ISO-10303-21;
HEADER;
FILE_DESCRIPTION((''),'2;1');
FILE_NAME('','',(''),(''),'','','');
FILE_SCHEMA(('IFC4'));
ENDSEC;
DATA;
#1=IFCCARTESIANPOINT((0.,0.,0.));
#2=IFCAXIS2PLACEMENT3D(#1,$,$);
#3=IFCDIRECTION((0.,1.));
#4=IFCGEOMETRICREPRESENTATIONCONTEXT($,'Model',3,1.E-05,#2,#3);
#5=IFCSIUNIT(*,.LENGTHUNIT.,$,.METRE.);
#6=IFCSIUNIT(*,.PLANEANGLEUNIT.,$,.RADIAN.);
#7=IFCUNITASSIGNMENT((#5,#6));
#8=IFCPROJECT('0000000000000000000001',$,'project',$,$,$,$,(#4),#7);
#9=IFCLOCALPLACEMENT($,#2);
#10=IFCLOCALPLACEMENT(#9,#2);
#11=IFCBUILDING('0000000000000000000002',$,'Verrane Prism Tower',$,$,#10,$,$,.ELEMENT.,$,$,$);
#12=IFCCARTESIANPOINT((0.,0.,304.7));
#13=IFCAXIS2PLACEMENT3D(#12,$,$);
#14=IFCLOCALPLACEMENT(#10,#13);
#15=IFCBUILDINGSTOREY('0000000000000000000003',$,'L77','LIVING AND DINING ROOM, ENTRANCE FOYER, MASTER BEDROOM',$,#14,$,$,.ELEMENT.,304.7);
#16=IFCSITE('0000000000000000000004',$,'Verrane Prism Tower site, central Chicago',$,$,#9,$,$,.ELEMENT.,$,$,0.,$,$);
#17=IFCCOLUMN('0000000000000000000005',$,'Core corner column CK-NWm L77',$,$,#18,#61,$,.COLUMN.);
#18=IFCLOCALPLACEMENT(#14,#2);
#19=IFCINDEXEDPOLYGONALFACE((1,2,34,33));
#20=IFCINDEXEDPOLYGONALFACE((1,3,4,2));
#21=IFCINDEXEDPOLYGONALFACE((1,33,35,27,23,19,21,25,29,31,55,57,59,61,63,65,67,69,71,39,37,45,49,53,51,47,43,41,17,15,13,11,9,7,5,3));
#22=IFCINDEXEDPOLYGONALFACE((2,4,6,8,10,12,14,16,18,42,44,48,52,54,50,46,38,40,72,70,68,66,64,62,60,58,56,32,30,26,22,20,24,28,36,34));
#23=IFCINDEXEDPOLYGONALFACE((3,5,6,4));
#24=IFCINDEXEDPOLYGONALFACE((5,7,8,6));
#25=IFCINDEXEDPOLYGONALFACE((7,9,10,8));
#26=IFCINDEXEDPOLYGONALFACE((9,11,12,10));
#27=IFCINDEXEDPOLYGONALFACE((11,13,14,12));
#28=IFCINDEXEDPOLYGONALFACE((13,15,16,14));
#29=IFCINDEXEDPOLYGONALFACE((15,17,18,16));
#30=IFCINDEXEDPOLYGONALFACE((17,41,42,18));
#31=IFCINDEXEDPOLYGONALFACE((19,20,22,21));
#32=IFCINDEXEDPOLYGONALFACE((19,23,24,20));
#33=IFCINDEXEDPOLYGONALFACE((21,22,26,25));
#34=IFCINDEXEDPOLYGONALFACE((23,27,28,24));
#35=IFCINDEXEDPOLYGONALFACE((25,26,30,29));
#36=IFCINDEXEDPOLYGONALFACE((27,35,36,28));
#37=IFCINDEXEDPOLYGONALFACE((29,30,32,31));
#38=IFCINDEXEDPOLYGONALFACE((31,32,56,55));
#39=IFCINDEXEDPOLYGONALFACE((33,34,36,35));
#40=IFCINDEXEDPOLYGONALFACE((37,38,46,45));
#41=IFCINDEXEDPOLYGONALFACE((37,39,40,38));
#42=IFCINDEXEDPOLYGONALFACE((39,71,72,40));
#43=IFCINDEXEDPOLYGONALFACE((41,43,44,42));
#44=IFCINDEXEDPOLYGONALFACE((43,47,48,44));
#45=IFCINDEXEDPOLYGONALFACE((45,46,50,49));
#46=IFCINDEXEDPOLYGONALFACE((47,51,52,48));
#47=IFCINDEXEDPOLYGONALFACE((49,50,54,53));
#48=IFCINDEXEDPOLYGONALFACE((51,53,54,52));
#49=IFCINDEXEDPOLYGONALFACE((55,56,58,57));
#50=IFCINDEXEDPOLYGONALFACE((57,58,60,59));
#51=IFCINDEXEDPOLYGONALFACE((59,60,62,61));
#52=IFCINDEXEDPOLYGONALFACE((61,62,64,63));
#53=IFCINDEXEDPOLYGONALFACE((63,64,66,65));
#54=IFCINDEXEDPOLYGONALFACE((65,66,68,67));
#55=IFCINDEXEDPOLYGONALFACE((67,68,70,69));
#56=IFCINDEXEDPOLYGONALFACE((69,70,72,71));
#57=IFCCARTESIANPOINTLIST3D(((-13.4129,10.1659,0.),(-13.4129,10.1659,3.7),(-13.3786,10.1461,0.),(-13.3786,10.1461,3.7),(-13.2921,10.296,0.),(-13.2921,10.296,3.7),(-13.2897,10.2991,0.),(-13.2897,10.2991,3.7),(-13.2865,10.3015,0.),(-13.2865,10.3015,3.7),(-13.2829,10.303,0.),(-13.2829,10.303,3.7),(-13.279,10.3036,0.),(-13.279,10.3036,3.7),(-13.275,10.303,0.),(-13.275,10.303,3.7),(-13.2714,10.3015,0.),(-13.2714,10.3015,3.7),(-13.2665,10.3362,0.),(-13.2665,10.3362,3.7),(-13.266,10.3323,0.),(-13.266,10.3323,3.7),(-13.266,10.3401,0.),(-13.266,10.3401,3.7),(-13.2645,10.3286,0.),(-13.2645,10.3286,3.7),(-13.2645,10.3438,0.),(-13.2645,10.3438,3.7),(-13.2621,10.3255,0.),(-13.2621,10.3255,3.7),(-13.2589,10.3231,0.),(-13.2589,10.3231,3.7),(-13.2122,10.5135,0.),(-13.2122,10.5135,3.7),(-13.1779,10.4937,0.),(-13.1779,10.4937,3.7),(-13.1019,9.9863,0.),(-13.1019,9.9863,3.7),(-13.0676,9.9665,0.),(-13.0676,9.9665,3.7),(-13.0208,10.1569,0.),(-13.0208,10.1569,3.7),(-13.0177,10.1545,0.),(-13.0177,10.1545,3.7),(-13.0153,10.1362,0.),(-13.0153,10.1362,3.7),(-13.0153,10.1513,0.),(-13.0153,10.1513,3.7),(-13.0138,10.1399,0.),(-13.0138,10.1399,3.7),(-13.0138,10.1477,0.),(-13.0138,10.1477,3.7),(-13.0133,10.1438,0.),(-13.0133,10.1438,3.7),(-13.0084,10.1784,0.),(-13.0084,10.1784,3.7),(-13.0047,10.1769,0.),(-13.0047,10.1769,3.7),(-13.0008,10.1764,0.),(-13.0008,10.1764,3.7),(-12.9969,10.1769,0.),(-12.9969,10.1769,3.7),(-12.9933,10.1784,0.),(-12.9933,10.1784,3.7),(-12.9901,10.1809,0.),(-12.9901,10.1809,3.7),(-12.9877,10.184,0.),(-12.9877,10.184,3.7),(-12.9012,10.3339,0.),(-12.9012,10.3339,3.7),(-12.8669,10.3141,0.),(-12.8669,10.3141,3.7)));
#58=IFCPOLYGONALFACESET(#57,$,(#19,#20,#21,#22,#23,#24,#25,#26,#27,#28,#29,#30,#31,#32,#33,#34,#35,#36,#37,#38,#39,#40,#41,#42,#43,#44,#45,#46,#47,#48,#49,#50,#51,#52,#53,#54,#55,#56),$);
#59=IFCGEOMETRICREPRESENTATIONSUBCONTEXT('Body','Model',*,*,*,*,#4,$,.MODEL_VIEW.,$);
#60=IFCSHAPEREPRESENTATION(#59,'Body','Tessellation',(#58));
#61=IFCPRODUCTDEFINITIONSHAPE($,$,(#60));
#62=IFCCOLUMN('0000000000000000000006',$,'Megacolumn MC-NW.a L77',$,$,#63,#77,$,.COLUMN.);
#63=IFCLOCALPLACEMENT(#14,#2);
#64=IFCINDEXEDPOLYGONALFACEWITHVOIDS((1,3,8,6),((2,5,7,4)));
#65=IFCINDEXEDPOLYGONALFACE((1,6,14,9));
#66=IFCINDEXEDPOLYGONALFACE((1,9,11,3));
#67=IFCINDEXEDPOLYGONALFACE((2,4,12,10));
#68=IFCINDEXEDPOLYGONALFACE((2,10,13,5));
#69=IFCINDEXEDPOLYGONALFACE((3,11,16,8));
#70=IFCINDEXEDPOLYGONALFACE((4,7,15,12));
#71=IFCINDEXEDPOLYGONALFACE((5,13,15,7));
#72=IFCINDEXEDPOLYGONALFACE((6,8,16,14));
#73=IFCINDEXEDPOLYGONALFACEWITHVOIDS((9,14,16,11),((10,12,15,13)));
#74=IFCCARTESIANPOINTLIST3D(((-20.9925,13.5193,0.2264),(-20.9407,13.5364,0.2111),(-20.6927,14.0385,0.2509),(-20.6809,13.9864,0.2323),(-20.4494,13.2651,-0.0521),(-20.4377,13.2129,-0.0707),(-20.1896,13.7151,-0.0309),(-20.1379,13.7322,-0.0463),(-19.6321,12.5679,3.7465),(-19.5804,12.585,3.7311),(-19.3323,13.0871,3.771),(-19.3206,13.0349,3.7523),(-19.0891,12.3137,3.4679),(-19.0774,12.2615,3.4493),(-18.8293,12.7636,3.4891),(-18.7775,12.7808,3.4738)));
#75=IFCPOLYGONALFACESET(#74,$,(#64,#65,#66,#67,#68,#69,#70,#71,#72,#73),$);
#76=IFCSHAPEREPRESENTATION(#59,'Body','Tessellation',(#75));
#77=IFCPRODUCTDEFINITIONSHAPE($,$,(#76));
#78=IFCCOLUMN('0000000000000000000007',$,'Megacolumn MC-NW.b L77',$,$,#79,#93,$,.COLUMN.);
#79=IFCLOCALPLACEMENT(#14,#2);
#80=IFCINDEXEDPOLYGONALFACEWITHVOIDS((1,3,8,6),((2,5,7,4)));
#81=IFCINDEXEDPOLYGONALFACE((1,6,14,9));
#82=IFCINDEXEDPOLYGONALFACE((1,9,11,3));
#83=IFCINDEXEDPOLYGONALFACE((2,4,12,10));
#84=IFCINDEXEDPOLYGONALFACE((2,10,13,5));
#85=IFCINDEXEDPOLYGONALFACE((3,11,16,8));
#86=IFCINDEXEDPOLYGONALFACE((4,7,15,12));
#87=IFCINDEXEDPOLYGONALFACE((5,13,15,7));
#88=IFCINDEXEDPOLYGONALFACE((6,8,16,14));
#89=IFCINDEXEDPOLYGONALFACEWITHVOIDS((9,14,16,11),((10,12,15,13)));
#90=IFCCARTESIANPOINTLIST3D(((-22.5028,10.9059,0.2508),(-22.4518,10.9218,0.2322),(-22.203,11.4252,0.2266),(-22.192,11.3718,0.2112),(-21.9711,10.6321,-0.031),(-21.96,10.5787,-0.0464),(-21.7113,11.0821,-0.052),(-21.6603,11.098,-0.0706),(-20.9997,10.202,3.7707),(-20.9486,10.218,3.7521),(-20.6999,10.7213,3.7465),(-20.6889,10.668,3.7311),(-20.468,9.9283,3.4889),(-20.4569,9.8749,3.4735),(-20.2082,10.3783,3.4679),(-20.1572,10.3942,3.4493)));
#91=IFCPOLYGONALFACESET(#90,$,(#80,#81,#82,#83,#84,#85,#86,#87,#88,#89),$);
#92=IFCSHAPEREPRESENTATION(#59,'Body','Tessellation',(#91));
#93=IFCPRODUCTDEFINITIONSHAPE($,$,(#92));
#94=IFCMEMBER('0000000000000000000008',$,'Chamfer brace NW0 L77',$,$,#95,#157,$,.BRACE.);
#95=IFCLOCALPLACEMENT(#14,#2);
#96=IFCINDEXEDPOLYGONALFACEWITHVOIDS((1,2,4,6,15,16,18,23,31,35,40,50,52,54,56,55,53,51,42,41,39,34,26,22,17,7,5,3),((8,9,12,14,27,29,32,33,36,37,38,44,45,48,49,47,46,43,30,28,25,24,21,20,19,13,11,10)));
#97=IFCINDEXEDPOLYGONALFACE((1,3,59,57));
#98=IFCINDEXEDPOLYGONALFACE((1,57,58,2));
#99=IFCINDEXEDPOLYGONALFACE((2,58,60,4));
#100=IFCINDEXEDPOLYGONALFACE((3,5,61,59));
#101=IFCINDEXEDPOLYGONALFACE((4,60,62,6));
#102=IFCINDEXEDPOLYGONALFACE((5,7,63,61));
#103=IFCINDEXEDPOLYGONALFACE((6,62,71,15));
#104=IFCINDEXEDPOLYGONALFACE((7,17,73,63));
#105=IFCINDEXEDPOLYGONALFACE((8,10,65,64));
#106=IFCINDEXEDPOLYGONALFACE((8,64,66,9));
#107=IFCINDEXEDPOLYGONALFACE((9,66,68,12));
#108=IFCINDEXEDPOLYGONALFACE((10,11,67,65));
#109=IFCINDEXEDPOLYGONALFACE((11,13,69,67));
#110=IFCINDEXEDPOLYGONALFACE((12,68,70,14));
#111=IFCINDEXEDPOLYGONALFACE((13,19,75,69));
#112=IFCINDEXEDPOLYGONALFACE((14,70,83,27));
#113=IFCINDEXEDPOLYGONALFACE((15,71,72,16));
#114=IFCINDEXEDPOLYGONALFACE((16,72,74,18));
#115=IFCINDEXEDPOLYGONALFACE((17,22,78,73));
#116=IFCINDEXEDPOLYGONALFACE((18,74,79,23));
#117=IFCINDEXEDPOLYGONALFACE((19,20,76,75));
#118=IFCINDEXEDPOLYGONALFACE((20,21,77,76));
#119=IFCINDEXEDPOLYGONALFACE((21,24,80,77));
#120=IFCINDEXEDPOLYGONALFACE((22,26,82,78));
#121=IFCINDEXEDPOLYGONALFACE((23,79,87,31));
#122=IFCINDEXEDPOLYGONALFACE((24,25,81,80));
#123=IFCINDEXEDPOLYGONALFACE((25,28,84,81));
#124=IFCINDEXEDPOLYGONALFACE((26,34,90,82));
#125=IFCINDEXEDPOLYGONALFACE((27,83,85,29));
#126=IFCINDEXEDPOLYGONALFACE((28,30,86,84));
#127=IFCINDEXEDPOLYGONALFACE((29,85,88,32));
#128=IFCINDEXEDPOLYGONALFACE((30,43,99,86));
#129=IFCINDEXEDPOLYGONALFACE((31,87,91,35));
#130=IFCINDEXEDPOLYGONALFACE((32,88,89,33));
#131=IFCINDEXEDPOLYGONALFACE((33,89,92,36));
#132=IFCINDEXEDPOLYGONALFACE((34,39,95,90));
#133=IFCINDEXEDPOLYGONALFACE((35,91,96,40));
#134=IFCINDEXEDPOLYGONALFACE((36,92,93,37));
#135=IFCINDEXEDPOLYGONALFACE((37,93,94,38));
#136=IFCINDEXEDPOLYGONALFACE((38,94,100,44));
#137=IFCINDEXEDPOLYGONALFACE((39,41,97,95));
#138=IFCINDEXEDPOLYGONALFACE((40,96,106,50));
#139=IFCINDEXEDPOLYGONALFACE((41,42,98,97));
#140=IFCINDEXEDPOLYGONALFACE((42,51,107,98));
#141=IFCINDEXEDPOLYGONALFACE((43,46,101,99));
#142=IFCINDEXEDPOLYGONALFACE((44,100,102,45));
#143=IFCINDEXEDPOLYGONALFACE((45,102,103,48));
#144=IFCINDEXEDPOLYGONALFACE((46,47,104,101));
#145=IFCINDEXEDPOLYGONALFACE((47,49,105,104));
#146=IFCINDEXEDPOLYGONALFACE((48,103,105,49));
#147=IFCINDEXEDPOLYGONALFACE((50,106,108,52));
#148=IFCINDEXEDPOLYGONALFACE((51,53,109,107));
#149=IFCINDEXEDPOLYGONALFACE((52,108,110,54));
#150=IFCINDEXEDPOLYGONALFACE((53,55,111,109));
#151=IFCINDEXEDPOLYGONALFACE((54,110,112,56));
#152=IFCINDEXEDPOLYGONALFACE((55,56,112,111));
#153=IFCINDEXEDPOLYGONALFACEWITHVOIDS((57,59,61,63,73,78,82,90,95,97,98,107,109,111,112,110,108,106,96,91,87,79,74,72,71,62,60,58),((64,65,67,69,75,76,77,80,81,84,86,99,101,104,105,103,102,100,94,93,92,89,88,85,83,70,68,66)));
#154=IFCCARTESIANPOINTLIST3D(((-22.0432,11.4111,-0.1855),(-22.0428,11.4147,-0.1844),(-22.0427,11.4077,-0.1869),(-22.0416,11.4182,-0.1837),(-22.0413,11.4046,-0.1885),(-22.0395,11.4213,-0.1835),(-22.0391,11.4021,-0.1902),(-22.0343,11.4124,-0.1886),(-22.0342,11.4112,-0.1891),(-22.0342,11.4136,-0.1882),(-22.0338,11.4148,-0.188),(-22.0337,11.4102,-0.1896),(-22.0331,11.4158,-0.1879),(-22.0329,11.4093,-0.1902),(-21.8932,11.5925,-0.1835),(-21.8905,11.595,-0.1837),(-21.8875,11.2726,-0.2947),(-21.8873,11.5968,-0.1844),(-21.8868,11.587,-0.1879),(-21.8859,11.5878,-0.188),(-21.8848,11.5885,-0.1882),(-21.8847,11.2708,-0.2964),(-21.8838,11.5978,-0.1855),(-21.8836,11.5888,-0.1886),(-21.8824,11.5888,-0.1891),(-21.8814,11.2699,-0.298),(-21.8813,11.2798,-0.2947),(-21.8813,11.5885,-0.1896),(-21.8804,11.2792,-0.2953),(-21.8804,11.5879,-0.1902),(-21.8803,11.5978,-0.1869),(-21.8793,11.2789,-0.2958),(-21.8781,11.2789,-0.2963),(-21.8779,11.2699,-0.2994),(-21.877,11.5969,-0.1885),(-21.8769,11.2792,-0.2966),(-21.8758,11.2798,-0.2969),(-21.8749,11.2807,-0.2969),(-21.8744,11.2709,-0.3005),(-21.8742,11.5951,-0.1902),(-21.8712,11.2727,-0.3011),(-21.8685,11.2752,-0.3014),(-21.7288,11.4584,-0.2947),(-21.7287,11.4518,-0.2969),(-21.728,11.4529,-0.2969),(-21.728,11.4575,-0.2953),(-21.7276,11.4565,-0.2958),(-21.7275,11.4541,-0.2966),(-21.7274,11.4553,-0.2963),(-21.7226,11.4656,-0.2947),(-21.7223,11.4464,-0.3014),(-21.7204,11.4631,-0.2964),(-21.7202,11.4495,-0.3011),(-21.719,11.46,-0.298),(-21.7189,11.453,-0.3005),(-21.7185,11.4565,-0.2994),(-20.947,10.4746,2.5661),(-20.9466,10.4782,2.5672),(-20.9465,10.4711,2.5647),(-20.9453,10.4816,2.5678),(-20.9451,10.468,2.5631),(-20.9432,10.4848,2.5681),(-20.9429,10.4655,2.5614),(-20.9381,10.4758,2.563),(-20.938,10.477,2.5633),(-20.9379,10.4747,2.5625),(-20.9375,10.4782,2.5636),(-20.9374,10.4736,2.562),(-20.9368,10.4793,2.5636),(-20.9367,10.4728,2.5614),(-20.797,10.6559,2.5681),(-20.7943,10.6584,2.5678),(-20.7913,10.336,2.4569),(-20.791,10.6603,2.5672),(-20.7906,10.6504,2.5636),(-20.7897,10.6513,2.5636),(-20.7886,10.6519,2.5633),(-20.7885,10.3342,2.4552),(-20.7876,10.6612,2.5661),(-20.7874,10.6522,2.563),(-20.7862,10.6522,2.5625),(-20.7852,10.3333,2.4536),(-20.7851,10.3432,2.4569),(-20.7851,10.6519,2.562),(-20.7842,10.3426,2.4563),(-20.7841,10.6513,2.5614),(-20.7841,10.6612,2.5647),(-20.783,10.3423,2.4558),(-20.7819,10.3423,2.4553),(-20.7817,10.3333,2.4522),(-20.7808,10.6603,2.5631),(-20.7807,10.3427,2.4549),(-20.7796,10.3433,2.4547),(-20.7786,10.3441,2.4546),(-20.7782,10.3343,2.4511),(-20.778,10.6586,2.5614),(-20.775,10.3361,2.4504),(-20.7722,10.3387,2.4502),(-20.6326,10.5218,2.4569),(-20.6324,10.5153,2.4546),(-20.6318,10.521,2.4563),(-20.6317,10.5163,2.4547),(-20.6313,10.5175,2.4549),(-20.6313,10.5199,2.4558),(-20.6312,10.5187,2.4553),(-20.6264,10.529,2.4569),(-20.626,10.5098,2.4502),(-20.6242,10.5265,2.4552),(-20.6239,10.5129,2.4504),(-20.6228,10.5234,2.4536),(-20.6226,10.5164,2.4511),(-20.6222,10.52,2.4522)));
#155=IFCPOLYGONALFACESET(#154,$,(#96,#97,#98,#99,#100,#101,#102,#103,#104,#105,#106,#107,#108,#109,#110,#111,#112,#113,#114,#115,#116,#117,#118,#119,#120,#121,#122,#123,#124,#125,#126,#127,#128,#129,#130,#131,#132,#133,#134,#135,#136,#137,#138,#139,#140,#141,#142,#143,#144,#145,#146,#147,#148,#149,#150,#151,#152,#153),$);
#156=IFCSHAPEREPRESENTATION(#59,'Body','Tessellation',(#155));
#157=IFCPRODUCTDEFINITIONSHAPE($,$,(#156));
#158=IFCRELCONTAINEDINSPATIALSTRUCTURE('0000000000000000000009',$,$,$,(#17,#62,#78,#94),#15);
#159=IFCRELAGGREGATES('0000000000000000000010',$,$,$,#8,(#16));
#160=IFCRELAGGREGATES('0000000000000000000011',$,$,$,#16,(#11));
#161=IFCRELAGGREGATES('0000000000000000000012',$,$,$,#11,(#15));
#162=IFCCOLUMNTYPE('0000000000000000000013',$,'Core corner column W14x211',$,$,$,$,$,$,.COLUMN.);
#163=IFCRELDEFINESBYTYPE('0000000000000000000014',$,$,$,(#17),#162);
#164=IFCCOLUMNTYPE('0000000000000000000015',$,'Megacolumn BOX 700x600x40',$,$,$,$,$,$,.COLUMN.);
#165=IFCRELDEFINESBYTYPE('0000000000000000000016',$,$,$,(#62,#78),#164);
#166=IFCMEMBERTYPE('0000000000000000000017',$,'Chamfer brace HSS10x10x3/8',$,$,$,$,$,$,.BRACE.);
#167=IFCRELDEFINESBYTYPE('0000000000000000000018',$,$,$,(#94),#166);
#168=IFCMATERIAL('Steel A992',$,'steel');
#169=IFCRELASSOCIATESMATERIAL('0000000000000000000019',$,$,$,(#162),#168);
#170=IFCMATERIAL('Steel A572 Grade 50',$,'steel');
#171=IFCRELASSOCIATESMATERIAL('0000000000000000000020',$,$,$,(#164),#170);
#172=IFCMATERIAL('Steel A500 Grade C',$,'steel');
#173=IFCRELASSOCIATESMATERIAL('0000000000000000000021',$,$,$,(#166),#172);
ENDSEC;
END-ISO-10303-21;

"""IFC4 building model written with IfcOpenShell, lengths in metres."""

from ifc_helpers import new_model, si_unit, direction, frame, origin, origin_2d, place, context, subcontext, project, spatial, hollow_rectangle, i_section, extrude, material, material_profile, profile_set, type_object, element, save


model = new_model("IFC4")

# Units and contexts
model_context = context("Model", 3, precision=1e-05, world=origin(), true_north=direction((0.0, 1.0)))
body_context = subcontext(model_context, "Body", "Model", "MODEL_VIEW")
ifc_project = project(units=[si_unit("LENGTHUNIT", "METRE"), si_unit("PLANEANGLEUNIT", "RADIAN")], contexts=[model_context])

# Site, building, storey
site_placement = place(None, origin())
site = spatial("IfcSite", under=ifc_project, at=site_placement, Name="Verrane Prism Tower site, central Chicago", CompositionType="ELEMENT", RefElevation=0.0)
building_placement = place(site_placement, origin())
building = spatial("IfcBuilding", under=site, at=building_placement, Name="Verrane Prism Tower", CompositionType="ELEMENT")
storey_placement = place(building_placement, frame((0.0, 0.0, 304.7)))
storey = spatial("IfcBuildingStorey", under=building, at=storey_placement, Name="L77", Description="LIVING AND DINING ROOM, ENTRANCE FOYER, MASTER BEDROOM", CompositionType="ELEMENT", Elevation=304.7)

# Columns
ifc_material_1 = material(Name="Steel A992", Category="steel")
ifc_material_profile_1 = material_profile(ifc_material_1, i_section(OverallWidth=0.4014, OverallDepth=0.3987, WebThickness=0.0249, FlangeThickness=0.0396, FilletRadius=0.0151, at=origin_2d()), Name="W14x211")
ifc_profile_set_1 = profile_set([ifc_material_profile_1], Name="Steel A992")
column_type_1 = type_object("IfcColumnType", Name="Core corner column W14x211", PredefinedType="COLUMN", material=ifc_profile_set_1)
column_1_placement = place(storey_placement, frame((-13.1399, 10.24, 0.0), z_axis=(0.0, 0.0, 1.0), x_axis=(0.5, 0.866025, 0.0)))
element("IfcColumn", 1, at=column_1_placement, inside=storey, type_object=column_type_1, Name="Core corner column CK-NWm L77", PredefinedType="COLUMN", context=body_context, shape_type="SweptSolid", body=[
    extrude(i_section(OverallWidth=0.4014, OverallDepth=0.3987, WebThickness=0.0249, FlangeThickness=0.0396, FilletRadius=0.0151, at=origin_2d()), origin(), (0.0, 0.0, 1.0), 3.7),
])
ifc_material_2 = material(Name="Steel A572 Grade 50", Category="steel")
ifc_material_profile_2 = material_profile(ifc_material_2, hollow_rectangle(XDim=0.6001, YDim=0.7, WallThickness=0.04, at=origin_2d()), Name="BOX 700x600x40")
ifc_profile_set_2 = profile_set([ifc_material_profile_2], Name="Steel A572 Grade 50")
column_type_2 = type_object("IfcColumnType", Name="Megacolumn BOX 700x600x40", PredefinedType="COLUMN", material=ifc_profile_set_2)
column_2_placement = place(storey_placement, frame((-20.5652, 13.6257, 0.0901), z_axis=(0.349541, -0.244465, 0.904465), x_axis=(0.499636, 0.865275, 0.040783)))
element("IfcColumn", 2, at=column_2_placement, inside=storey, type_object=column_type_2, Name="Megacolumn MC-NW.a L77", PredefinedType="COLUMN", context=body_context, shape_type="SweptSolid", body=[
    extrude(hollow_rectangle(XDim=0.6001, YDim=0.7, WallThickness=0.04, at=origin_2d()), origin(), (0.0, 0.0, 1.0), 3.8918),
])
column_3_placement = place(storey_placement, frame((-22.0815, 11.002, 0.0901), z_axis=(0.386249, -0.18086, 0.904489), x_axis=(0.499519, 0.865366, -0.040275)))
element("IfcColumn", 3, at=column_3_placement, inside=storey, type_object=column_type_2, Name="Megacolumn MC-NW.b L77", PredefinedType="COLUMN", context=body_context, shape_type="SweptSolid", body=[
    extrude(hollow_rectangle(XDim=0.6001, YDim=0.7, WallThickness=0.04, at=origin_2d()), origin(), (0.0, 0.0, 1.0), 3.8916),
])

# Member
ifc_material_3 = material(Name="Steel A500 Grade C", Category="steel")
ifc_material_profile_3 = material_profile(ifc_material_3, hollow_rectangle(XDim=0.2539, YDim=0.2539, WallThickness=0.0095, InnerFilletRadius=0.0049, OuterFilletRadius=0.0144, at=origin_2d()), Name="HSS10x10x3/8")
ifc_profile_set_3 = profile_set([ifc_material_profile_3], Name="Steel A500 Grade C")
member_type_1 = type_object("IfcMemberType", Name="Chamfer brace HSS10x10x3/8", PredefinedType="BRACE", material=ifc_profile_set_3)
member_1_placement = place(storey_placement, frame((-21.8809, 11.4338, -0.2424), z_axis=(0.35289, -0.301489, 0.885761), x_axis=(0.649563, 0.760307, 0.0)))
element("IfcMember", 4, at=member_1_placement, inside=storey, type_object=member_type_1, Name="Chamfer brace NW0 L77", PredefinedType="BRACE", context=body_context, shape_type="SweptSolid", body=[
    extrude(hollow_rectangle(XDim=0.2539, YDim=0.2539, WallThickness=0.0095, InnerFilletRadius=0.0049, OuterFilletRadius=0.0144, at=origin_2d()), origin(), (0.0, 0.0, 1.0), 3.1064),
])

save(model, "model.ifc")
